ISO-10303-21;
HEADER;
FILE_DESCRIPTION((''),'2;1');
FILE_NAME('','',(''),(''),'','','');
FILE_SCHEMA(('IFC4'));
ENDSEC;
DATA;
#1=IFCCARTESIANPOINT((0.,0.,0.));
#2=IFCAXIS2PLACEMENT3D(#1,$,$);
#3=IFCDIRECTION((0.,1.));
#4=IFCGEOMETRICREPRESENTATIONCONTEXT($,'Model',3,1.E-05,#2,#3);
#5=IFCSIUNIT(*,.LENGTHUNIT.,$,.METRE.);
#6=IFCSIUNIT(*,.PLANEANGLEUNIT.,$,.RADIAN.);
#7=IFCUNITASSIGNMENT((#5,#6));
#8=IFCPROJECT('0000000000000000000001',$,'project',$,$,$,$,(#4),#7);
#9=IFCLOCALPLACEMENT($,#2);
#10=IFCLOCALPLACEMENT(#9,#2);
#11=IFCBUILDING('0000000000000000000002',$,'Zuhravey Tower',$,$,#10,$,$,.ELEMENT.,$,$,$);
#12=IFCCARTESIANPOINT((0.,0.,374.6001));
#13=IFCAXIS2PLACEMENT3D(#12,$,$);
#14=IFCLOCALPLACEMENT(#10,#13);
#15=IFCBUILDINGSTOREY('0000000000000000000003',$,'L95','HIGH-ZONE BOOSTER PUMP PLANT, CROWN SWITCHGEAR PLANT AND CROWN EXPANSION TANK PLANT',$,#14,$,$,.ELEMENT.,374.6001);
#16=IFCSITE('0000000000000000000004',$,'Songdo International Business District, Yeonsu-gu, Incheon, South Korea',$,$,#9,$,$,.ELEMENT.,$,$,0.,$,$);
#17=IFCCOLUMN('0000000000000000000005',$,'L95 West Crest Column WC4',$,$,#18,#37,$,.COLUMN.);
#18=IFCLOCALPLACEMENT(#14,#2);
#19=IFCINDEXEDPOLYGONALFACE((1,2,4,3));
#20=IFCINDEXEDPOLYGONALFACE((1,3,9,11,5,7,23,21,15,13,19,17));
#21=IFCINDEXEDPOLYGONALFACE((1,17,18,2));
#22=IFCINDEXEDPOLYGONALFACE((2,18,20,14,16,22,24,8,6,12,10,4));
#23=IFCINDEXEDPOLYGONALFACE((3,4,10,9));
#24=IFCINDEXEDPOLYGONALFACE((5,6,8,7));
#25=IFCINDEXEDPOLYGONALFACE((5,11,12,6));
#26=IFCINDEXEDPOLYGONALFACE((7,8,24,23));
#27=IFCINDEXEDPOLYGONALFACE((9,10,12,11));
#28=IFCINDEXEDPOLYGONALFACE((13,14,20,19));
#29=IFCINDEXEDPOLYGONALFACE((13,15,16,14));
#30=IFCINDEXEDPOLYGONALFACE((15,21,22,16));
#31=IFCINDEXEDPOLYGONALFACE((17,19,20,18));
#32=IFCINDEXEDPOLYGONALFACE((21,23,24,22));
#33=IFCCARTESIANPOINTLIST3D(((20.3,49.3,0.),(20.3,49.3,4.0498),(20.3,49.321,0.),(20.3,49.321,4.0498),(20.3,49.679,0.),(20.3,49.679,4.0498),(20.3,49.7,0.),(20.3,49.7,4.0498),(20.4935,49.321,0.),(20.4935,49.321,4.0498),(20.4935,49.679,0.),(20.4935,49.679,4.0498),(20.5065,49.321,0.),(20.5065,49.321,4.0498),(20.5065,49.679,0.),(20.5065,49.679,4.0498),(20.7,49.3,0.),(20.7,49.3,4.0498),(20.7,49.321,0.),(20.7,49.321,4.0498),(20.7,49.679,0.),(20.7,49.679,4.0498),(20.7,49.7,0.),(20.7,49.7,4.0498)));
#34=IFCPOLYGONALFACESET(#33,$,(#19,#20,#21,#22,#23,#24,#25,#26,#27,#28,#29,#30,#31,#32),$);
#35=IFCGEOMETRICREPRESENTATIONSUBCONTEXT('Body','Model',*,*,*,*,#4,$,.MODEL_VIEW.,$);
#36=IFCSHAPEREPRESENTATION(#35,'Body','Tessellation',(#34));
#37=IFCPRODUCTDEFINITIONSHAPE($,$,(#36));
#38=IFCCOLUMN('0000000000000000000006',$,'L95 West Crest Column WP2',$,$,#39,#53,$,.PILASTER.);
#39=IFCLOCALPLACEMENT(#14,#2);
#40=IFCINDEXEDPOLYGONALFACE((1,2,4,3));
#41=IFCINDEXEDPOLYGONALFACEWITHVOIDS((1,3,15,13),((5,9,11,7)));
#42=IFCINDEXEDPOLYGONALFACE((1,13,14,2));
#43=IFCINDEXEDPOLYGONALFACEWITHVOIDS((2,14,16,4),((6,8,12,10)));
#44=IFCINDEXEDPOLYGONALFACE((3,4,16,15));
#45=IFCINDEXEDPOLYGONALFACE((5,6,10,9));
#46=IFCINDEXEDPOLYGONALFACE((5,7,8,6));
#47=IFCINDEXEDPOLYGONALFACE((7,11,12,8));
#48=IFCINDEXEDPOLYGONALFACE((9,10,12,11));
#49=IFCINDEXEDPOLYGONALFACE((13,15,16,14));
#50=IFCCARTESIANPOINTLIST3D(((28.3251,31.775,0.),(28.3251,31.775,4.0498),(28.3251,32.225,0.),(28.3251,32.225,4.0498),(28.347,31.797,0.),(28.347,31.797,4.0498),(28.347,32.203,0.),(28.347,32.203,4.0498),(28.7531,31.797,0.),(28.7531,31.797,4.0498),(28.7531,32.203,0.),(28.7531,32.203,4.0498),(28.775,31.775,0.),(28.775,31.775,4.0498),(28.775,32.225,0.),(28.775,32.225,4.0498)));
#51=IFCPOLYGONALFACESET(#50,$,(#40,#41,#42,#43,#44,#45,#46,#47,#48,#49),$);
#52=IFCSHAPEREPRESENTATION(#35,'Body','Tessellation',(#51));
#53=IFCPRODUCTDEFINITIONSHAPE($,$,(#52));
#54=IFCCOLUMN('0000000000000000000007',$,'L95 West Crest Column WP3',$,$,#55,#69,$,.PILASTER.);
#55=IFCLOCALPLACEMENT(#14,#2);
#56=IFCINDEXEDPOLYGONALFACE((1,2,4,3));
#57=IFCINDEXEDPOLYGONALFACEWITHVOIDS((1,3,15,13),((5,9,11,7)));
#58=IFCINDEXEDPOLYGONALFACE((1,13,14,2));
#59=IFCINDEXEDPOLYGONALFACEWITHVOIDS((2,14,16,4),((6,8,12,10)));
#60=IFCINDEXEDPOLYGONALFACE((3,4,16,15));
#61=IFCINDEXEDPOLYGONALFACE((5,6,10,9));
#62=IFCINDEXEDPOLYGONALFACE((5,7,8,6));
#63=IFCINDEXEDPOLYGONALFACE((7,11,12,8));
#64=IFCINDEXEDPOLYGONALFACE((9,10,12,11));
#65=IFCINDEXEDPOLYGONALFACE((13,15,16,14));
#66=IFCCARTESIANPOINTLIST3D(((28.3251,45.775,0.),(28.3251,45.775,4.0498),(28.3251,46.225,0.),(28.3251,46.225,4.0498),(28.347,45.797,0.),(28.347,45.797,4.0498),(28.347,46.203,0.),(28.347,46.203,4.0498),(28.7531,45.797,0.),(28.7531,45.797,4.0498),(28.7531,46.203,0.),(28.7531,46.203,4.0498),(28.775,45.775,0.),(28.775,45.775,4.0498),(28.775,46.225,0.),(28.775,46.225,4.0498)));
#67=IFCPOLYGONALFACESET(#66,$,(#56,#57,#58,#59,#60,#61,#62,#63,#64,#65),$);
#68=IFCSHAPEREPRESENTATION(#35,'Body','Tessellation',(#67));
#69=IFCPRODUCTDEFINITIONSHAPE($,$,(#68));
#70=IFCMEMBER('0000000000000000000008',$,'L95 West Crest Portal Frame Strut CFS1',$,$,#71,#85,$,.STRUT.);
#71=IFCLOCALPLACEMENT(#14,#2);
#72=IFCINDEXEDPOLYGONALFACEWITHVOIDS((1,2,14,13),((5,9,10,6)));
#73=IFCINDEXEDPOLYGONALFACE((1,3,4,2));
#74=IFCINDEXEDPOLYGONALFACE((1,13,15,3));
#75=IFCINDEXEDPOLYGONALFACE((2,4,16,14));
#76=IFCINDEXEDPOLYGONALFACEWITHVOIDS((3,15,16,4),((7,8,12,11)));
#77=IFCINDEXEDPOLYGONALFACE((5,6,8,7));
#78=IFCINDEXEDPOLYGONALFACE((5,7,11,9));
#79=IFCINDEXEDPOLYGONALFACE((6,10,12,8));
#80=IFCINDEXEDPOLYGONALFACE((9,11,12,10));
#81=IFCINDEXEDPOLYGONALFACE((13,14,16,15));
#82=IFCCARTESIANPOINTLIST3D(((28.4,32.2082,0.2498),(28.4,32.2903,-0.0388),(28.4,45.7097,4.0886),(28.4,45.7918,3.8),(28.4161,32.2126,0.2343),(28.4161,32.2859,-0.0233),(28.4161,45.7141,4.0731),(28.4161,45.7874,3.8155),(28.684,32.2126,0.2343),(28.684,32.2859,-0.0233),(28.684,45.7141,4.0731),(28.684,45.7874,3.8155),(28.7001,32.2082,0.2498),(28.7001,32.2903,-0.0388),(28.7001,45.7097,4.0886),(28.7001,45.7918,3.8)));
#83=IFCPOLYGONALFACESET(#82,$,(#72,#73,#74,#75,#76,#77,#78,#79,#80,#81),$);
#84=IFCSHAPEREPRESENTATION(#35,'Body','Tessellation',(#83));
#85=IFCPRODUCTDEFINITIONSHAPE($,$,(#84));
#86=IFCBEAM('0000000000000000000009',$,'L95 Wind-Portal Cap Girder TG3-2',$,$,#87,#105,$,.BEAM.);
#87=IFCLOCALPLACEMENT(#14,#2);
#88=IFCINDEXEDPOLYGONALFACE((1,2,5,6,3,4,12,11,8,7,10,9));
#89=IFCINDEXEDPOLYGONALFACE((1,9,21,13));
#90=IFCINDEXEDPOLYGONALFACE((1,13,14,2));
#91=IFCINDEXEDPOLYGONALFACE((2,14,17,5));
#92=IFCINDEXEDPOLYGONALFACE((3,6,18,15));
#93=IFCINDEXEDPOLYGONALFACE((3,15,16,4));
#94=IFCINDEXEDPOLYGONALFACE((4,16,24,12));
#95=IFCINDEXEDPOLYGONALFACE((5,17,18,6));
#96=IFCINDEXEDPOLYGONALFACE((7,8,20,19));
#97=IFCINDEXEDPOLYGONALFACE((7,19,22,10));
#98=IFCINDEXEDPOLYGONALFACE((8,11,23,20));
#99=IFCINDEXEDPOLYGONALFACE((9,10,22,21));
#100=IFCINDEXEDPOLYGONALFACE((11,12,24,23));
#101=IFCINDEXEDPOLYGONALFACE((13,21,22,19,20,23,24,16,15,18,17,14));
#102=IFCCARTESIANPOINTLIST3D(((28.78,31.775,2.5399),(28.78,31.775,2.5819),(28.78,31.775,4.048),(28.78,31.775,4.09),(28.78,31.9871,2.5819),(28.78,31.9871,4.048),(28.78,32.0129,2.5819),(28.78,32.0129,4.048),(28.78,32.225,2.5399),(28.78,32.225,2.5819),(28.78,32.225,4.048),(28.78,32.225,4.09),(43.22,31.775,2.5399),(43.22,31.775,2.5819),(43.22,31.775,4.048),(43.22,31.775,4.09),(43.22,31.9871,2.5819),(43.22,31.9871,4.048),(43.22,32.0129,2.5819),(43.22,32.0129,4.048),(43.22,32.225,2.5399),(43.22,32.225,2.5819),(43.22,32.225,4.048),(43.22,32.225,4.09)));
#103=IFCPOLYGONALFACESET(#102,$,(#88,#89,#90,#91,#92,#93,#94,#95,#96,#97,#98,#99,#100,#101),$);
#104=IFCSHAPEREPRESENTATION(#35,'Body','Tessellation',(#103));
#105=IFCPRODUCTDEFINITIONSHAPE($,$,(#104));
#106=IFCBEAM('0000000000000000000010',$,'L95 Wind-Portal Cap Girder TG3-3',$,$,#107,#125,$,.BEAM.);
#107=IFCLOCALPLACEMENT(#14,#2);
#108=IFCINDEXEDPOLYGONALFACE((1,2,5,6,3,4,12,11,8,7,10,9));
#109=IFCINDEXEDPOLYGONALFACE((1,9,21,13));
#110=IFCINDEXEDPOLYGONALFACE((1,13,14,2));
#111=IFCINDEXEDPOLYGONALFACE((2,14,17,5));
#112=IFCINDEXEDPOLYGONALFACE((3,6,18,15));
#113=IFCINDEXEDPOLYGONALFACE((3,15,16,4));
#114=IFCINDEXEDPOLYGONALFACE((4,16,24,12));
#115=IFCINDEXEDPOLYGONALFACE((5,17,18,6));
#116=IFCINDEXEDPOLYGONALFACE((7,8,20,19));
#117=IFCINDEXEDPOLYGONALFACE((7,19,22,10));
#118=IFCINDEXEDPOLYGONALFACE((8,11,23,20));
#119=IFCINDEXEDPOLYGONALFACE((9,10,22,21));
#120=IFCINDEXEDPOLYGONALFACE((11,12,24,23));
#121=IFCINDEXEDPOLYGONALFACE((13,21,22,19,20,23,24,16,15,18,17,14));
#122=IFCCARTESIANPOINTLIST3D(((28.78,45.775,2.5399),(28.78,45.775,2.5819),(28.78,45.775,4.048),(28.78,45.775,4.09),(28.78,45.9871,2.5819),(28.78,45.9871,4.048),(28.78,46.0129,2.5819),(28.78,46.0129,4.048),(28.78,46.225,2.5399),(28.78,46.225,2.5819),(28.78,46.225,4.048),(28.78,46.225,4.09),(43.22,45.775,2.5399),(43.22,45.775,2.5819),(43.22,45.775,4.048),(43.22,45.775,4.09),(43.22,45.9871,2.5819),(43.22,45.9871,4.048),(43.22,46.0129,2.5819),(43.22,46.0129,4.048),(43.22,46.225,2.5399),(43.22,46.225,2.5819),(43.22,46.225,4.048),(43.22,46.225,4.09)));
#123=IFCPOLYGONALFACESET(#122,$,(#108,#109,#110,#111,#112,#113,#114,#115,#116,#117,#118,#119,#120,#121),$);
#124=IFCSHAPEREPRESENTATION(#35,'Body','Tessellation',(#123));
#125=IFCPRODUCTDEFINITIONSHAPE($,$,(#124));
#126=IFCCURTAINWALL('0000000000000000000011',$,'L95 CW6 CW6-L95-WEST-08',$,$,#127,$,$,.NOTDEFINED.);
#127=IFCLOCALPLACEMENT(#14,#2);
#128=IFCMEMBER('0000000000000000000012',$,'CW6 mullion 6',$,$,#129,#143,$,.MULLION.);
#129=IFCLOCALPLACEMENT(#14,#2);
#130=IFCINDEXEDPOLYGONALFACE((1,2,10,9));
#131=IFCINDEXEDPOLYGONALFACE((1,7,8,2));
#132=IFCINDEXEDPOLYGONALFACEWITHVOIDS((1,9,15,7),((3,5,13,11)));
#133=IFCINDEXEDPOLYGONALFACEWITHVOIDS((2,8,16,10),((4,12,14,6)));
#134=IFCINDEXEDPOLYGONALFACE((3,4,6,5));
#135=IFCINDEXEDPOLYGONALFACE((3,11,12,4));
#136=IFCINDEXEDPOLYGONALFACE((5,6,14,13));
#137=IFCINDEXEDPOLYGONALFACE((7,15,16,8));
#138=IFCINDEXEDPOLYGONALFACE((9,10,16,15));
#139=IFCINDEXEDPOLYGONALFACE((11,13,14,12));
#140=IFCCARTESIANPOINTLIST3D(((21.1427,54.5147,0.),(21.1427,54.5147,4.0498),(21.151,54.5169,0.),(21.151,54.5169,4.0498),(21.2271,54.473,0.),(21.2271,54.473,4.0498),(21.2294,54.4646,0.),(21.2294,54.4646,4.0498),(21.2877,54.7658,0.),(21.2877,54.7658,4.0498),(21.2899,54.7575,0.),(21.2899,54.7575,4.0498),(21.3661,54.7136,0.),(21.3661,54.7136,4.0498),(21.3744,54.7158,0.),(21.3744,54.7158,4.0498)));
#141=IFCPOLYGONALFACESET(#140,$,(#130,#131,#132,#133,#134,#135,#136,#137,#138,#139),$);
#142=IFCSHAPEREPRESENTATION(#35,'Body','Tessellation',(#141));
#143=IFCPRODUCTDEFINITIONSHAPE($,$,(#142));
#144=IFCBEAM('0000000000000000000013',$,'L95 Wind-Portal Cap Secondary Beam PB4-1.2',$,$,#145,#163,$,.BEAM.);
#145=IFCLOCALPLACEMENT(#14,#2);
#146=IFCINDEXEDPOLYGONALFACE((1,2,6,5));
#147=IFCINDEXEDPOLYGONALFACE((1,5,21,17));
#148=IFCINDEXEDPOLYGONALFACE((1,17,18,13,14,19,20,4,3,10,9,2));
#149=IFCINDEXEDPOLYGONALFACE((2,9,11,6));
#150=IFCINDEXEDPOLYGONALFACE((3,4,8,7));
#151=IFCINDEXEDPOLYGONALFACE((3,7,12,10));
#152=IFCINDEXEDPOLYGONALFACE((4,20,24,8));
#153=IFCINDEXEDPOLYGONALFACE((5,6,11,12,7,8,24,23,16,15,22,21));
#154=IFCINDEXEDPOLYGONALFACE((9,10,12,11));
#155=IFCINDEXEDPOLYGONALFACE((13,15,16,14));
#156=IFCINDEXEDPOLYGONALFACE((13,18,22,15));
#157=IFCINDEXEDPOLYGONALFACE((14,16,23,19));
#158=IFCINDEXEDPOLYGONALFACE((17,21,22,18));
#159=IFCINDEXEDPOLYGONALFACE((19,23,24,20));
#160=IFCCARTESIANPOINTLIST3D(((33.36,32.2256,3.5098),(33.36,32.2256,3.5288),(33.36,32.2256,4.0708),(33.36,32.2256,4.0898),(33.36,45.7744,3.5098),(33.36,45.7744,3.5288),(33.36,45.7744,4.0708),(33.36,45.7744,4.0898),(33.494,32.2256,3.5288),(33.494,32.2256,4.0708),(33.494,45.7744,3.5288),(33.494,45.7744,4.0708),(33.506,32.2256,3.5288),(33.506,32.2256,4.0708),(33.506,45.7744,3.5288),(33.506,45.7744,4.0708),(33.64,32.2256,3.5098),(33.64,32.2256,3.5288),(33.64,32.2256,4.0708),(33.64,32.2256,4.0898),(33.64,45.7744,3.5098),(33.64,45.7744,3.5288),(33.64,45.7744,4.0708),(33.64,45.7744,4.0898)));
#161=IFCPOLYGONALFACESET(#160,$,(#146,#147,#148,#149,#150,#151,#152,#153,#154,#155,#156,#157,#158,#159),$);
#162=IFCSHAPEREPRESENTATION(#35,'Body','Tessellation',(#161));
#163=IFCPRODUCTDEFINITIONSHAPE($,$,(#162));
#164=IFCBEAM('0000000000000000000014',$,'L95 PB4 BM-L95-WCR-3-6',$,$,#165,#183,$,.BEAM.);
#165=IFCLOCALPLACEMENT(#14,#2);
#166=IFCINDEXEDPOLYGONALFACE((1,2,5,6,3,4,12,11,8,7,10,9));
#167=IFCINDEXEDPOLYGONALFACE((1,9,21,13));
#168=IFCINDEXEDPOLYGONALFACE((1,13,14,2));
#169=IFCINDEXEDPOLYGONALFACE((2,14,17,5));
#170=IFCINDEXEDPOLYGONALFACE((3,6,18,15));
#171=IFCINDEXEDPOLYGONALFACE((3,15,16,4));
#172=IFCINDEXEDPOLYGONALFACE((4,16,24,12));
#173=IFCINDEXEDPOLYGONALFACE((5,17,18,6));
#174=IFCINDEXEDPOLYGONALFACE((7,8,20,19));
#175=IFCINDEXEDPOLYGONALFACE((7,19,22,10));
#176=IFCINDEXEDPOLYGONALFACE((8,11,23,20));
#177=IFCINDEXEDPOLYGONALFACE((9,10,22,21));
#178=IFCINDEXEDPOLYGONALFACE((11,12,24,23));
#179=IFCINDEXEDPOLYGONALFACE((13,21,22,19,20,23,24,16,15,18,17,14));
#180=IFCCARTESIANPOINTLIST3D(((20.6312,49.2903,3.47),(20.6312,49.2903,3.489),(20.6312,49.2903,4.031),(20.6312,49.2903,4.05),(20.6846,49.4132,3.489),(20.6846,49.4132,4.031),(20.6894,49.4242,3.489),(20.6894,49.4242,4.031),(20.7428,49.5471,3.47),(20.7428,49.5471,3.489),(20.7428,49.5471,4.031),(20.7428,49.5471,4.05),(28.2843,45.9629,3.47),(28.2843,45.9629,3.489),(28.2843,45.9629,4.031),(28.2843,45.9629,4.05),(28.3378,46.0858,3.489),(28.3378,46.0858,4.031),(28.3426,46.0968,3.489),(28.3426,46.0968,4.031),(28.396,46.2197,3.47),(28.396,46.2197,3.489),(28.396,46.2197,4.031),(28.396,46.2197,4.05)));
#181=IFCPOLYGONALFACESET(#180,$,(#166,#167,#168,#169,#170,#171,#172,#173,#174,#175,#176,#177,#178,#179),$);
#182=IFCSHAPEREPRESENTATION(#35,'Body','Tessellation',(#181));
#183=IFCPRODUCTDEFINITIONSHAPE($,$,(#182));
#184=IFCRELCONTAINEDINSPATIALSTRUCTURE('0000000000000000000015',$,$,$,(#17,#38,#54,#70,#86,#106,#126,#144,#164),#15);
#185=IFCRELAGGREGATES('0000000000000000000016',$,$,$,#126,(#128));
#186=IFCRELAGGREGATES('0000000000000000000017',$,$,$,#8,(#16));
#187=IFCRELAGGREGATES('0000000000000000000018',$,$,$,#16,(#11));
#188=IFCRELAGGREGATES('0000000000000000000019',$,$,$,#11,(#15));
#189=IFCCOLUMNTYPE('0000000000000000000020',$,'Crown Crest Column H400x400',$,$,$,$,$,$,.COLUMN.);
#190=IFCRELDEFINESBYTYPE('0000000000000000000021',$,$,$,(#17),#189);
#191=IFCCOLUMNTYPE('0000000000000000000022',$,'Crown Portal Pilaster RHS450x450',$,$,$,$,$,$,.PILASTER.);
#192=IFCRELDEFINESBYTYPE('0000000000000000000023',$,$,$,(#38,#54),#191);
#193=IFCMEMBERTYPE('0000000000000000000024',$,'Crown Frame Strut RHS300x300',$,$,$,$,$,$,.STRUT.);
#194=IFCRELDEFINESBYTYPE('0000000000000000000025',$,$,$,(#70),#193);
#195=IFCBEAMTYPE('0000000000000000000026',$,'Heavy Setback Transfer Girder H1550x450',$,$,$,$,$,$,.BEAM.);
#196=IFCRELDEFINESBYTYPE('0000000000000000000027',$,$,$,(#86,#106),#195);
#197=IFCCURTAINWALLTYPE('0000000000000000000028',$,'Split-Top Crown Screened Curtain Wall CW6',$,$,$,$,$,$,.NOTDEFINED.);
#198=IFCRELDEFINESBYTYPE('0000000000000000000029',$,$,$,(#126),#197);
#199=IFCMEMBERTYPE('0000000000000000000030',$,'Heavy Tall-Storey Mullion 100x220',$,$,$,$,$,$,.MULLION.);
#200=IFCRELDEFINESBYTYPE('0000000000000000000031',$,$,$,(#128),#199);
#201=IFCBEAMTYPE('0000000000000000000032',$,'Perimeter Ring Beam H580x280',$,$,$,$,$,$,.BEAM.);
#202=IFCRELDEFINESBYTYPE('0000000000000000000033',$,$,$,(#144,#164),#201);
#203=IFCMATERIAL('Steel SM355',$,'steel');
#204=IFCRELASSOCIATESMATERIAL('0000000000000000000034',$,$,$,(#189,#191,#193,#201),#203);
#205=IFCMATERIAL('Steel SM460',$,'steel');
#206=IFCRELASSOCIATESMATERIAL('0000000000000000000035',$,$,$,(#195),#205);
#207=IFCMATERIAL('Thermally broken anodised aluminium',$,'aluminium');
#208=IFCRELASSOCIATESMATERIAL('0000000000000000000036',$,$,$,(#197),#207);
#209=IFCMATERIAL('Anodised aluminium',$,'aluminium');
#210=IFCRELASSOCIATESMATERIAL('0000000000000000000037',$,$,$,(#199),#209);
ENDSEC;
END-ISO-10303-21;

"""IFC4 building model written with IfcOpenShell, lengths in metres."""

from ifc_helpers import new_model, si_unit, direction, frame, origin, origin_2d, place, context, subcontext, project, spatial, hollow_rectangle, i_section, extrude, material, material_profile, profile_set, type_object, element, aggregate, save


model = new_model("IFC4")

# Units and contexts
model_context = context("Model", 3, precision=1e-05, world=origin(), true_north=direction((0.0, 1.0)))
body_context = subcontext(model_context, "Body", "Model", "MODEL_VIEW")
ifc_project = project(units=[si_unit("LENGTHUNIT", "METRE"), si_unit("PLANEANGLEUNIT", "RADIAN")], contexts=[model_context])

# Site, building, storey
site_placement = place(None, origin())
site = spatial("IfcSite", under=ifc_project, at=site_placement, Name="Songdo International Business District, Yeonsu-gu, Incheon, South Korea", CompositionType="ELEMENT", RefElevation=0.0)
building_placement = place(site_placement, origin())
building = spatial("IfcBuilding", under=site, at=building_placement, Name="Zuhravey Tower", CompositionType="ELEMENT")
storey_placement = place(building_placement, frame((0.0, 0.0, 374.6001)))
storey = spatial("IfcBuildingStorey", under=building, at=storey_placement, Name="L95", Description="HIGH-ZONE BOOSTER PUMP PLANT, CROWN SWITCHGEAR PLANT AND CROWN EXPANSION TANK PLANT", CompositionType="ELEMENT", Elevation=374.6001)

# Columns
ifc_material_1 = material(Name="Steel SM355", Category="steel")
ifc_material_profile_1 = material_profile(ifc_material_1, i_section(OverallWidth=0.3999, OverallDepth=0.3999, WebThickness=0.0129, FlangeThickness=0.021, at=origin_2d()), Name="H-400x400x13x21")
ifc_profile_set_1 = profile_set([ifc_material_profile_1], Name="Steel SM355")
column_type_1 = type_object("IfcColumnType", Name="Crown Crest Column H400x400", PredefinedType="COLUMN", material=ifc_profile_set_1)
column_placement = place(storey_placement, frame((20.5, 49.5, 0.0), z_axis=(0.0, 0.0, 1.0), x_axis=(1.0, 0.0, 0.0)))
element("IfcColumn", 1, at=column_placement, inside=storey, type_object=column_type_1, Name="L95 West Crest Column WC4", PredefinedType="COLUMN", context=body_context, shape_type="SweptSolid", body=[
    extrude(i_section(OverallWidth=0.3999, OverallDepth=0.3999, WebThickness=0.0129, FlangeThickness=0.021, at=origin_2d()), origin(), (0.0, 0.0, 1.0), 4.0498),
])
ifc_material_profile_2 = material_profile(ifc_material_1, hollow_rectangle(XDim=0.45, YDim=0.45, WallThickness=0.022, at=origin_2d()), Name="RHS-450x450x22")
ifc_profile_set_2 = profile_set([ifc_material_profile_2], Name="Steel SM355")
column_type_2 = type_object("IfcColumnType", Name="Crown Portal Pilaster RHS450x450", PredefinedType="PILASTER", material=ifc_profile_set_2)
for number, where, z_axis, x_axis, name in (
    (2, (28.55, 32.0, 0.0), (0.0, 0.0, 1.0), (1.0, 0.0, 0.0), "L95 West Crest Column WP2"),
    (3, (28.55, 46.0, 0.0), (0.0, 0.0, 1.0), (1.0, 0.0, 0.0), "L95 West Crest Column WP3"),
):
    element("IfcColumn", number, at=place(storey_placement, frame(where, z_axis=z_axis, x_axis=x_axis)), inside=storey, type_object=column_type_2, Name=name, PredefinedType="PILASTER", context=body_context, shape_type="SweptSolid", body=[
        extrude(hollow_rectangle(XDim=0.45, YDim=0.45, WallThickness=0.022, at=origin_2d()), origin(), (0.0, 0.0, 1.0), 4.0498),
    ])

# Member
ifc_material_profile_3 = material_profile(ifc_material_1, hollow_rectangle(XDim=0.3, YDim=0.3, WallThickness=0.0161, at=origin_2d()), Name="RHS-300x300x16")
ifc_profile_set_3 = profile_set([ifc_material_profile_3], Name="Steel SM355")
member_type_1 = type_object("IfcMemberType", Name="Crown Frame Strut RHS300x300", PredefinedType="STRUT", material=ifc_profile_set_3)
member_1_placement = place(storey_placement, frame((28.55, 32.2493, 0.1055), z_axis=(0.0, 0.961875, 0.27349), x_axis=(-1.0, 0.0, 0.0)))
element("IfcMember", 4, at=member_1_placement, inside=storey, type_object=member_type_1, Name="L95 West Crest Portal Frame Strut CFS1", PredefinedType="STRUT", context=body_context, shape_type="SweptSolid", body=[
    extrude(hollow_rectangle(XDim=0.3, YDim=0.3, WallThickness=0.0161, at=origin_2d()), origin(), (0.0, 0.0, 1.0), 14.0366),
])

# Beams
ifc_material_2 = material(Name="Steel SM460", Category="steel")
ifc_material_profile_4 = material_profile(ifc_material_2, i_section(OverallWidth=0.45, OverallDepth=1.55, WebThickness=0.0259, FlangeThickness=0.042, at=origin_2d()), Name="H-1550x450x26x42")
ifc_profile_set_4 = profile_set([ifc_material_profile_4], Name="Steel SM460")
beam_type_1 = type_object("IfcBeamType", Name="Heavy Setback Transfer Girder H1550x450", PredefinedType="BEAM", material=ifc_profile_set_4)
for number, where, z_axis, x_axis, name in (
    (5, (28.78, 32.0, 3.3149), (1.0, 0.0, 0.0), (0.0, 1.0, 0.0), "L95 Wind-Portal Cap Girder TG3-2"),
    (6, (28.78, 46.0, 3.3149), (1.0, 0.0, 0.0), (0.0, 1.0, 0.0), "L95 Wind-Portal Cap Girder TG3-3"),
):
    element("IfcBeam", number, at=place(storey_placement, frame(where, z_axis=z_axis, x_axis=x_axis)), inside=storey, type_object=beam_type_1, Name=name, PredefinedType="BEAM", context=body_context, shape_type="SweptSolid", body=[
        extrude(i_section(OverallWidth=0.45, OverallDepth=1.55, WebThickness=0.0259, FlangeThickness=0.042, at=origin_2d()), origin(), (0.0, 0.0, 1.0), 14.4399),
    ])

# Curtain wall, member
ifc_material_3 = material(Name="Thermally broken anodised aluminium", Category="aluminium")
curtain_wall_type = type_object("IfcCurtainWallType", Name="Split-Top Crown Screened Curtain Wall CW6", PredefinedType="NOTDEFINED", material=ifc_material_3)
curtain_wall_placement = place(storey_placement, origin())
curtain_wall = element("IfcCurtainWall", 7, at=curtain_wall_placement, inside=storey, type_object=curtain_wall_type, Name="L95 CW6 CW6-L95-WEST-08", PredefinedType="NOTDEFINED")
ifc_material_4 = material(Name="Anodised aluminium", Category="aluminium")
ifc_material_profile_5 = material_profile(ifc_material_4, hollow_rectangle(XDim=0.1001, YDim=0.29, WallThickness=0.0061, at=origin_2d()), Name="ALU-RHS-100x290x6")
ifc_profile_set_5 = profile_set([ifc_material_profile_5], Name="Anodised aluminium")
member_type_2 = type_object("IfcMemberType", Name="Heavy Tall-Storey Mullion 100x220", PredefinedType="MULLION", material=ifc_profile_set_5)
member_2_placement = place(storey_placement, frame((21.2585, 54.6152, 0.0), z_axis=(0.0, 0.0, 1.0), x_axis=(-0.866027, 0.499997, 0.0)))
member_2 = element("IfcMember", 8, at=member_2_placement, type_object=member_type_2, Name="CW6 mullion 6", PredefinedType="MULLION", context=body_context, shape_type="SweptSolid", body=[
    extrude(hollow_rectangle(XDim=0.1001, YDim=0.29, WallThickness=0.0061, at=origin_2d()), origin(), (0.0, 0.0, 1.0), 4.0498),
])

# Beams
ifc_material_profile_6 = material_profile(ifc_material_1, i_section(OverallWidth=0.28, OverallDepth=0.5801, WebThickness=0.012, FlangeThickness=0.019, at=origin_2d()), Name="H-580x280x12x19")
ifc_profile_set_6 = profile_set([ifc_material_profile_6], Name="Steel SM355")
beam_type_2 = type_object("IfcBeamType", Name="Perimeter Ring Beam H580x280", PredefinedType="BEAM", material=ifc_profile_set_6)
beam_1_placement = place(storey_placement, frame((33.5, 32.2256, 3.7998), z_axis=(0.0, 1.0, 0.0), x_axis=(-1.0, 0.0, 0.0)))
element("IfcBeam", 9, at=beam_1_placement, inside=storey, type_object=beam_type_2, Name="L95 Wind-Portal Cap Secondary Beam PB4-1.2", PredefinedType="BEAM", context=body_context, shape_type="SweptSolid", body=[
    extrude(i_section(OverallWidth=0.28, OverallDepth=0.5801, WebThickness=0.012, FlangeThickness=0.019, at=origin_2d()), origin(), (0.0, 0.0, 1.0), 13.5488),
])
beam_2_placement = place(storey_placement, frame((20.687, 49.4187, 3.76), z_axis=(0.917071, -0.398723, 0.0), x_axis=(0.398723, 0.917071, 0.0)))
element("IfcBeam", 10, at=beam_2_placement, inside=storey, type_object=beam_type_2, Name="L95 PB4 BM-L95-WCR-3-6", PredefinedType="BEAM", context=body_context, shape_type="SweptSolid", body=[
    extrude(i_section(OverallWidth=0.28, OverallDepth=0.5801, WebThickness=0.012, FlangeThickness=0.019, at=origin_2d()), origin(), (0.0, 0.0, 1.0), 8.3452),
])

aggregate(curtain_wall, [member_2])

save(model, "model.ifc")
